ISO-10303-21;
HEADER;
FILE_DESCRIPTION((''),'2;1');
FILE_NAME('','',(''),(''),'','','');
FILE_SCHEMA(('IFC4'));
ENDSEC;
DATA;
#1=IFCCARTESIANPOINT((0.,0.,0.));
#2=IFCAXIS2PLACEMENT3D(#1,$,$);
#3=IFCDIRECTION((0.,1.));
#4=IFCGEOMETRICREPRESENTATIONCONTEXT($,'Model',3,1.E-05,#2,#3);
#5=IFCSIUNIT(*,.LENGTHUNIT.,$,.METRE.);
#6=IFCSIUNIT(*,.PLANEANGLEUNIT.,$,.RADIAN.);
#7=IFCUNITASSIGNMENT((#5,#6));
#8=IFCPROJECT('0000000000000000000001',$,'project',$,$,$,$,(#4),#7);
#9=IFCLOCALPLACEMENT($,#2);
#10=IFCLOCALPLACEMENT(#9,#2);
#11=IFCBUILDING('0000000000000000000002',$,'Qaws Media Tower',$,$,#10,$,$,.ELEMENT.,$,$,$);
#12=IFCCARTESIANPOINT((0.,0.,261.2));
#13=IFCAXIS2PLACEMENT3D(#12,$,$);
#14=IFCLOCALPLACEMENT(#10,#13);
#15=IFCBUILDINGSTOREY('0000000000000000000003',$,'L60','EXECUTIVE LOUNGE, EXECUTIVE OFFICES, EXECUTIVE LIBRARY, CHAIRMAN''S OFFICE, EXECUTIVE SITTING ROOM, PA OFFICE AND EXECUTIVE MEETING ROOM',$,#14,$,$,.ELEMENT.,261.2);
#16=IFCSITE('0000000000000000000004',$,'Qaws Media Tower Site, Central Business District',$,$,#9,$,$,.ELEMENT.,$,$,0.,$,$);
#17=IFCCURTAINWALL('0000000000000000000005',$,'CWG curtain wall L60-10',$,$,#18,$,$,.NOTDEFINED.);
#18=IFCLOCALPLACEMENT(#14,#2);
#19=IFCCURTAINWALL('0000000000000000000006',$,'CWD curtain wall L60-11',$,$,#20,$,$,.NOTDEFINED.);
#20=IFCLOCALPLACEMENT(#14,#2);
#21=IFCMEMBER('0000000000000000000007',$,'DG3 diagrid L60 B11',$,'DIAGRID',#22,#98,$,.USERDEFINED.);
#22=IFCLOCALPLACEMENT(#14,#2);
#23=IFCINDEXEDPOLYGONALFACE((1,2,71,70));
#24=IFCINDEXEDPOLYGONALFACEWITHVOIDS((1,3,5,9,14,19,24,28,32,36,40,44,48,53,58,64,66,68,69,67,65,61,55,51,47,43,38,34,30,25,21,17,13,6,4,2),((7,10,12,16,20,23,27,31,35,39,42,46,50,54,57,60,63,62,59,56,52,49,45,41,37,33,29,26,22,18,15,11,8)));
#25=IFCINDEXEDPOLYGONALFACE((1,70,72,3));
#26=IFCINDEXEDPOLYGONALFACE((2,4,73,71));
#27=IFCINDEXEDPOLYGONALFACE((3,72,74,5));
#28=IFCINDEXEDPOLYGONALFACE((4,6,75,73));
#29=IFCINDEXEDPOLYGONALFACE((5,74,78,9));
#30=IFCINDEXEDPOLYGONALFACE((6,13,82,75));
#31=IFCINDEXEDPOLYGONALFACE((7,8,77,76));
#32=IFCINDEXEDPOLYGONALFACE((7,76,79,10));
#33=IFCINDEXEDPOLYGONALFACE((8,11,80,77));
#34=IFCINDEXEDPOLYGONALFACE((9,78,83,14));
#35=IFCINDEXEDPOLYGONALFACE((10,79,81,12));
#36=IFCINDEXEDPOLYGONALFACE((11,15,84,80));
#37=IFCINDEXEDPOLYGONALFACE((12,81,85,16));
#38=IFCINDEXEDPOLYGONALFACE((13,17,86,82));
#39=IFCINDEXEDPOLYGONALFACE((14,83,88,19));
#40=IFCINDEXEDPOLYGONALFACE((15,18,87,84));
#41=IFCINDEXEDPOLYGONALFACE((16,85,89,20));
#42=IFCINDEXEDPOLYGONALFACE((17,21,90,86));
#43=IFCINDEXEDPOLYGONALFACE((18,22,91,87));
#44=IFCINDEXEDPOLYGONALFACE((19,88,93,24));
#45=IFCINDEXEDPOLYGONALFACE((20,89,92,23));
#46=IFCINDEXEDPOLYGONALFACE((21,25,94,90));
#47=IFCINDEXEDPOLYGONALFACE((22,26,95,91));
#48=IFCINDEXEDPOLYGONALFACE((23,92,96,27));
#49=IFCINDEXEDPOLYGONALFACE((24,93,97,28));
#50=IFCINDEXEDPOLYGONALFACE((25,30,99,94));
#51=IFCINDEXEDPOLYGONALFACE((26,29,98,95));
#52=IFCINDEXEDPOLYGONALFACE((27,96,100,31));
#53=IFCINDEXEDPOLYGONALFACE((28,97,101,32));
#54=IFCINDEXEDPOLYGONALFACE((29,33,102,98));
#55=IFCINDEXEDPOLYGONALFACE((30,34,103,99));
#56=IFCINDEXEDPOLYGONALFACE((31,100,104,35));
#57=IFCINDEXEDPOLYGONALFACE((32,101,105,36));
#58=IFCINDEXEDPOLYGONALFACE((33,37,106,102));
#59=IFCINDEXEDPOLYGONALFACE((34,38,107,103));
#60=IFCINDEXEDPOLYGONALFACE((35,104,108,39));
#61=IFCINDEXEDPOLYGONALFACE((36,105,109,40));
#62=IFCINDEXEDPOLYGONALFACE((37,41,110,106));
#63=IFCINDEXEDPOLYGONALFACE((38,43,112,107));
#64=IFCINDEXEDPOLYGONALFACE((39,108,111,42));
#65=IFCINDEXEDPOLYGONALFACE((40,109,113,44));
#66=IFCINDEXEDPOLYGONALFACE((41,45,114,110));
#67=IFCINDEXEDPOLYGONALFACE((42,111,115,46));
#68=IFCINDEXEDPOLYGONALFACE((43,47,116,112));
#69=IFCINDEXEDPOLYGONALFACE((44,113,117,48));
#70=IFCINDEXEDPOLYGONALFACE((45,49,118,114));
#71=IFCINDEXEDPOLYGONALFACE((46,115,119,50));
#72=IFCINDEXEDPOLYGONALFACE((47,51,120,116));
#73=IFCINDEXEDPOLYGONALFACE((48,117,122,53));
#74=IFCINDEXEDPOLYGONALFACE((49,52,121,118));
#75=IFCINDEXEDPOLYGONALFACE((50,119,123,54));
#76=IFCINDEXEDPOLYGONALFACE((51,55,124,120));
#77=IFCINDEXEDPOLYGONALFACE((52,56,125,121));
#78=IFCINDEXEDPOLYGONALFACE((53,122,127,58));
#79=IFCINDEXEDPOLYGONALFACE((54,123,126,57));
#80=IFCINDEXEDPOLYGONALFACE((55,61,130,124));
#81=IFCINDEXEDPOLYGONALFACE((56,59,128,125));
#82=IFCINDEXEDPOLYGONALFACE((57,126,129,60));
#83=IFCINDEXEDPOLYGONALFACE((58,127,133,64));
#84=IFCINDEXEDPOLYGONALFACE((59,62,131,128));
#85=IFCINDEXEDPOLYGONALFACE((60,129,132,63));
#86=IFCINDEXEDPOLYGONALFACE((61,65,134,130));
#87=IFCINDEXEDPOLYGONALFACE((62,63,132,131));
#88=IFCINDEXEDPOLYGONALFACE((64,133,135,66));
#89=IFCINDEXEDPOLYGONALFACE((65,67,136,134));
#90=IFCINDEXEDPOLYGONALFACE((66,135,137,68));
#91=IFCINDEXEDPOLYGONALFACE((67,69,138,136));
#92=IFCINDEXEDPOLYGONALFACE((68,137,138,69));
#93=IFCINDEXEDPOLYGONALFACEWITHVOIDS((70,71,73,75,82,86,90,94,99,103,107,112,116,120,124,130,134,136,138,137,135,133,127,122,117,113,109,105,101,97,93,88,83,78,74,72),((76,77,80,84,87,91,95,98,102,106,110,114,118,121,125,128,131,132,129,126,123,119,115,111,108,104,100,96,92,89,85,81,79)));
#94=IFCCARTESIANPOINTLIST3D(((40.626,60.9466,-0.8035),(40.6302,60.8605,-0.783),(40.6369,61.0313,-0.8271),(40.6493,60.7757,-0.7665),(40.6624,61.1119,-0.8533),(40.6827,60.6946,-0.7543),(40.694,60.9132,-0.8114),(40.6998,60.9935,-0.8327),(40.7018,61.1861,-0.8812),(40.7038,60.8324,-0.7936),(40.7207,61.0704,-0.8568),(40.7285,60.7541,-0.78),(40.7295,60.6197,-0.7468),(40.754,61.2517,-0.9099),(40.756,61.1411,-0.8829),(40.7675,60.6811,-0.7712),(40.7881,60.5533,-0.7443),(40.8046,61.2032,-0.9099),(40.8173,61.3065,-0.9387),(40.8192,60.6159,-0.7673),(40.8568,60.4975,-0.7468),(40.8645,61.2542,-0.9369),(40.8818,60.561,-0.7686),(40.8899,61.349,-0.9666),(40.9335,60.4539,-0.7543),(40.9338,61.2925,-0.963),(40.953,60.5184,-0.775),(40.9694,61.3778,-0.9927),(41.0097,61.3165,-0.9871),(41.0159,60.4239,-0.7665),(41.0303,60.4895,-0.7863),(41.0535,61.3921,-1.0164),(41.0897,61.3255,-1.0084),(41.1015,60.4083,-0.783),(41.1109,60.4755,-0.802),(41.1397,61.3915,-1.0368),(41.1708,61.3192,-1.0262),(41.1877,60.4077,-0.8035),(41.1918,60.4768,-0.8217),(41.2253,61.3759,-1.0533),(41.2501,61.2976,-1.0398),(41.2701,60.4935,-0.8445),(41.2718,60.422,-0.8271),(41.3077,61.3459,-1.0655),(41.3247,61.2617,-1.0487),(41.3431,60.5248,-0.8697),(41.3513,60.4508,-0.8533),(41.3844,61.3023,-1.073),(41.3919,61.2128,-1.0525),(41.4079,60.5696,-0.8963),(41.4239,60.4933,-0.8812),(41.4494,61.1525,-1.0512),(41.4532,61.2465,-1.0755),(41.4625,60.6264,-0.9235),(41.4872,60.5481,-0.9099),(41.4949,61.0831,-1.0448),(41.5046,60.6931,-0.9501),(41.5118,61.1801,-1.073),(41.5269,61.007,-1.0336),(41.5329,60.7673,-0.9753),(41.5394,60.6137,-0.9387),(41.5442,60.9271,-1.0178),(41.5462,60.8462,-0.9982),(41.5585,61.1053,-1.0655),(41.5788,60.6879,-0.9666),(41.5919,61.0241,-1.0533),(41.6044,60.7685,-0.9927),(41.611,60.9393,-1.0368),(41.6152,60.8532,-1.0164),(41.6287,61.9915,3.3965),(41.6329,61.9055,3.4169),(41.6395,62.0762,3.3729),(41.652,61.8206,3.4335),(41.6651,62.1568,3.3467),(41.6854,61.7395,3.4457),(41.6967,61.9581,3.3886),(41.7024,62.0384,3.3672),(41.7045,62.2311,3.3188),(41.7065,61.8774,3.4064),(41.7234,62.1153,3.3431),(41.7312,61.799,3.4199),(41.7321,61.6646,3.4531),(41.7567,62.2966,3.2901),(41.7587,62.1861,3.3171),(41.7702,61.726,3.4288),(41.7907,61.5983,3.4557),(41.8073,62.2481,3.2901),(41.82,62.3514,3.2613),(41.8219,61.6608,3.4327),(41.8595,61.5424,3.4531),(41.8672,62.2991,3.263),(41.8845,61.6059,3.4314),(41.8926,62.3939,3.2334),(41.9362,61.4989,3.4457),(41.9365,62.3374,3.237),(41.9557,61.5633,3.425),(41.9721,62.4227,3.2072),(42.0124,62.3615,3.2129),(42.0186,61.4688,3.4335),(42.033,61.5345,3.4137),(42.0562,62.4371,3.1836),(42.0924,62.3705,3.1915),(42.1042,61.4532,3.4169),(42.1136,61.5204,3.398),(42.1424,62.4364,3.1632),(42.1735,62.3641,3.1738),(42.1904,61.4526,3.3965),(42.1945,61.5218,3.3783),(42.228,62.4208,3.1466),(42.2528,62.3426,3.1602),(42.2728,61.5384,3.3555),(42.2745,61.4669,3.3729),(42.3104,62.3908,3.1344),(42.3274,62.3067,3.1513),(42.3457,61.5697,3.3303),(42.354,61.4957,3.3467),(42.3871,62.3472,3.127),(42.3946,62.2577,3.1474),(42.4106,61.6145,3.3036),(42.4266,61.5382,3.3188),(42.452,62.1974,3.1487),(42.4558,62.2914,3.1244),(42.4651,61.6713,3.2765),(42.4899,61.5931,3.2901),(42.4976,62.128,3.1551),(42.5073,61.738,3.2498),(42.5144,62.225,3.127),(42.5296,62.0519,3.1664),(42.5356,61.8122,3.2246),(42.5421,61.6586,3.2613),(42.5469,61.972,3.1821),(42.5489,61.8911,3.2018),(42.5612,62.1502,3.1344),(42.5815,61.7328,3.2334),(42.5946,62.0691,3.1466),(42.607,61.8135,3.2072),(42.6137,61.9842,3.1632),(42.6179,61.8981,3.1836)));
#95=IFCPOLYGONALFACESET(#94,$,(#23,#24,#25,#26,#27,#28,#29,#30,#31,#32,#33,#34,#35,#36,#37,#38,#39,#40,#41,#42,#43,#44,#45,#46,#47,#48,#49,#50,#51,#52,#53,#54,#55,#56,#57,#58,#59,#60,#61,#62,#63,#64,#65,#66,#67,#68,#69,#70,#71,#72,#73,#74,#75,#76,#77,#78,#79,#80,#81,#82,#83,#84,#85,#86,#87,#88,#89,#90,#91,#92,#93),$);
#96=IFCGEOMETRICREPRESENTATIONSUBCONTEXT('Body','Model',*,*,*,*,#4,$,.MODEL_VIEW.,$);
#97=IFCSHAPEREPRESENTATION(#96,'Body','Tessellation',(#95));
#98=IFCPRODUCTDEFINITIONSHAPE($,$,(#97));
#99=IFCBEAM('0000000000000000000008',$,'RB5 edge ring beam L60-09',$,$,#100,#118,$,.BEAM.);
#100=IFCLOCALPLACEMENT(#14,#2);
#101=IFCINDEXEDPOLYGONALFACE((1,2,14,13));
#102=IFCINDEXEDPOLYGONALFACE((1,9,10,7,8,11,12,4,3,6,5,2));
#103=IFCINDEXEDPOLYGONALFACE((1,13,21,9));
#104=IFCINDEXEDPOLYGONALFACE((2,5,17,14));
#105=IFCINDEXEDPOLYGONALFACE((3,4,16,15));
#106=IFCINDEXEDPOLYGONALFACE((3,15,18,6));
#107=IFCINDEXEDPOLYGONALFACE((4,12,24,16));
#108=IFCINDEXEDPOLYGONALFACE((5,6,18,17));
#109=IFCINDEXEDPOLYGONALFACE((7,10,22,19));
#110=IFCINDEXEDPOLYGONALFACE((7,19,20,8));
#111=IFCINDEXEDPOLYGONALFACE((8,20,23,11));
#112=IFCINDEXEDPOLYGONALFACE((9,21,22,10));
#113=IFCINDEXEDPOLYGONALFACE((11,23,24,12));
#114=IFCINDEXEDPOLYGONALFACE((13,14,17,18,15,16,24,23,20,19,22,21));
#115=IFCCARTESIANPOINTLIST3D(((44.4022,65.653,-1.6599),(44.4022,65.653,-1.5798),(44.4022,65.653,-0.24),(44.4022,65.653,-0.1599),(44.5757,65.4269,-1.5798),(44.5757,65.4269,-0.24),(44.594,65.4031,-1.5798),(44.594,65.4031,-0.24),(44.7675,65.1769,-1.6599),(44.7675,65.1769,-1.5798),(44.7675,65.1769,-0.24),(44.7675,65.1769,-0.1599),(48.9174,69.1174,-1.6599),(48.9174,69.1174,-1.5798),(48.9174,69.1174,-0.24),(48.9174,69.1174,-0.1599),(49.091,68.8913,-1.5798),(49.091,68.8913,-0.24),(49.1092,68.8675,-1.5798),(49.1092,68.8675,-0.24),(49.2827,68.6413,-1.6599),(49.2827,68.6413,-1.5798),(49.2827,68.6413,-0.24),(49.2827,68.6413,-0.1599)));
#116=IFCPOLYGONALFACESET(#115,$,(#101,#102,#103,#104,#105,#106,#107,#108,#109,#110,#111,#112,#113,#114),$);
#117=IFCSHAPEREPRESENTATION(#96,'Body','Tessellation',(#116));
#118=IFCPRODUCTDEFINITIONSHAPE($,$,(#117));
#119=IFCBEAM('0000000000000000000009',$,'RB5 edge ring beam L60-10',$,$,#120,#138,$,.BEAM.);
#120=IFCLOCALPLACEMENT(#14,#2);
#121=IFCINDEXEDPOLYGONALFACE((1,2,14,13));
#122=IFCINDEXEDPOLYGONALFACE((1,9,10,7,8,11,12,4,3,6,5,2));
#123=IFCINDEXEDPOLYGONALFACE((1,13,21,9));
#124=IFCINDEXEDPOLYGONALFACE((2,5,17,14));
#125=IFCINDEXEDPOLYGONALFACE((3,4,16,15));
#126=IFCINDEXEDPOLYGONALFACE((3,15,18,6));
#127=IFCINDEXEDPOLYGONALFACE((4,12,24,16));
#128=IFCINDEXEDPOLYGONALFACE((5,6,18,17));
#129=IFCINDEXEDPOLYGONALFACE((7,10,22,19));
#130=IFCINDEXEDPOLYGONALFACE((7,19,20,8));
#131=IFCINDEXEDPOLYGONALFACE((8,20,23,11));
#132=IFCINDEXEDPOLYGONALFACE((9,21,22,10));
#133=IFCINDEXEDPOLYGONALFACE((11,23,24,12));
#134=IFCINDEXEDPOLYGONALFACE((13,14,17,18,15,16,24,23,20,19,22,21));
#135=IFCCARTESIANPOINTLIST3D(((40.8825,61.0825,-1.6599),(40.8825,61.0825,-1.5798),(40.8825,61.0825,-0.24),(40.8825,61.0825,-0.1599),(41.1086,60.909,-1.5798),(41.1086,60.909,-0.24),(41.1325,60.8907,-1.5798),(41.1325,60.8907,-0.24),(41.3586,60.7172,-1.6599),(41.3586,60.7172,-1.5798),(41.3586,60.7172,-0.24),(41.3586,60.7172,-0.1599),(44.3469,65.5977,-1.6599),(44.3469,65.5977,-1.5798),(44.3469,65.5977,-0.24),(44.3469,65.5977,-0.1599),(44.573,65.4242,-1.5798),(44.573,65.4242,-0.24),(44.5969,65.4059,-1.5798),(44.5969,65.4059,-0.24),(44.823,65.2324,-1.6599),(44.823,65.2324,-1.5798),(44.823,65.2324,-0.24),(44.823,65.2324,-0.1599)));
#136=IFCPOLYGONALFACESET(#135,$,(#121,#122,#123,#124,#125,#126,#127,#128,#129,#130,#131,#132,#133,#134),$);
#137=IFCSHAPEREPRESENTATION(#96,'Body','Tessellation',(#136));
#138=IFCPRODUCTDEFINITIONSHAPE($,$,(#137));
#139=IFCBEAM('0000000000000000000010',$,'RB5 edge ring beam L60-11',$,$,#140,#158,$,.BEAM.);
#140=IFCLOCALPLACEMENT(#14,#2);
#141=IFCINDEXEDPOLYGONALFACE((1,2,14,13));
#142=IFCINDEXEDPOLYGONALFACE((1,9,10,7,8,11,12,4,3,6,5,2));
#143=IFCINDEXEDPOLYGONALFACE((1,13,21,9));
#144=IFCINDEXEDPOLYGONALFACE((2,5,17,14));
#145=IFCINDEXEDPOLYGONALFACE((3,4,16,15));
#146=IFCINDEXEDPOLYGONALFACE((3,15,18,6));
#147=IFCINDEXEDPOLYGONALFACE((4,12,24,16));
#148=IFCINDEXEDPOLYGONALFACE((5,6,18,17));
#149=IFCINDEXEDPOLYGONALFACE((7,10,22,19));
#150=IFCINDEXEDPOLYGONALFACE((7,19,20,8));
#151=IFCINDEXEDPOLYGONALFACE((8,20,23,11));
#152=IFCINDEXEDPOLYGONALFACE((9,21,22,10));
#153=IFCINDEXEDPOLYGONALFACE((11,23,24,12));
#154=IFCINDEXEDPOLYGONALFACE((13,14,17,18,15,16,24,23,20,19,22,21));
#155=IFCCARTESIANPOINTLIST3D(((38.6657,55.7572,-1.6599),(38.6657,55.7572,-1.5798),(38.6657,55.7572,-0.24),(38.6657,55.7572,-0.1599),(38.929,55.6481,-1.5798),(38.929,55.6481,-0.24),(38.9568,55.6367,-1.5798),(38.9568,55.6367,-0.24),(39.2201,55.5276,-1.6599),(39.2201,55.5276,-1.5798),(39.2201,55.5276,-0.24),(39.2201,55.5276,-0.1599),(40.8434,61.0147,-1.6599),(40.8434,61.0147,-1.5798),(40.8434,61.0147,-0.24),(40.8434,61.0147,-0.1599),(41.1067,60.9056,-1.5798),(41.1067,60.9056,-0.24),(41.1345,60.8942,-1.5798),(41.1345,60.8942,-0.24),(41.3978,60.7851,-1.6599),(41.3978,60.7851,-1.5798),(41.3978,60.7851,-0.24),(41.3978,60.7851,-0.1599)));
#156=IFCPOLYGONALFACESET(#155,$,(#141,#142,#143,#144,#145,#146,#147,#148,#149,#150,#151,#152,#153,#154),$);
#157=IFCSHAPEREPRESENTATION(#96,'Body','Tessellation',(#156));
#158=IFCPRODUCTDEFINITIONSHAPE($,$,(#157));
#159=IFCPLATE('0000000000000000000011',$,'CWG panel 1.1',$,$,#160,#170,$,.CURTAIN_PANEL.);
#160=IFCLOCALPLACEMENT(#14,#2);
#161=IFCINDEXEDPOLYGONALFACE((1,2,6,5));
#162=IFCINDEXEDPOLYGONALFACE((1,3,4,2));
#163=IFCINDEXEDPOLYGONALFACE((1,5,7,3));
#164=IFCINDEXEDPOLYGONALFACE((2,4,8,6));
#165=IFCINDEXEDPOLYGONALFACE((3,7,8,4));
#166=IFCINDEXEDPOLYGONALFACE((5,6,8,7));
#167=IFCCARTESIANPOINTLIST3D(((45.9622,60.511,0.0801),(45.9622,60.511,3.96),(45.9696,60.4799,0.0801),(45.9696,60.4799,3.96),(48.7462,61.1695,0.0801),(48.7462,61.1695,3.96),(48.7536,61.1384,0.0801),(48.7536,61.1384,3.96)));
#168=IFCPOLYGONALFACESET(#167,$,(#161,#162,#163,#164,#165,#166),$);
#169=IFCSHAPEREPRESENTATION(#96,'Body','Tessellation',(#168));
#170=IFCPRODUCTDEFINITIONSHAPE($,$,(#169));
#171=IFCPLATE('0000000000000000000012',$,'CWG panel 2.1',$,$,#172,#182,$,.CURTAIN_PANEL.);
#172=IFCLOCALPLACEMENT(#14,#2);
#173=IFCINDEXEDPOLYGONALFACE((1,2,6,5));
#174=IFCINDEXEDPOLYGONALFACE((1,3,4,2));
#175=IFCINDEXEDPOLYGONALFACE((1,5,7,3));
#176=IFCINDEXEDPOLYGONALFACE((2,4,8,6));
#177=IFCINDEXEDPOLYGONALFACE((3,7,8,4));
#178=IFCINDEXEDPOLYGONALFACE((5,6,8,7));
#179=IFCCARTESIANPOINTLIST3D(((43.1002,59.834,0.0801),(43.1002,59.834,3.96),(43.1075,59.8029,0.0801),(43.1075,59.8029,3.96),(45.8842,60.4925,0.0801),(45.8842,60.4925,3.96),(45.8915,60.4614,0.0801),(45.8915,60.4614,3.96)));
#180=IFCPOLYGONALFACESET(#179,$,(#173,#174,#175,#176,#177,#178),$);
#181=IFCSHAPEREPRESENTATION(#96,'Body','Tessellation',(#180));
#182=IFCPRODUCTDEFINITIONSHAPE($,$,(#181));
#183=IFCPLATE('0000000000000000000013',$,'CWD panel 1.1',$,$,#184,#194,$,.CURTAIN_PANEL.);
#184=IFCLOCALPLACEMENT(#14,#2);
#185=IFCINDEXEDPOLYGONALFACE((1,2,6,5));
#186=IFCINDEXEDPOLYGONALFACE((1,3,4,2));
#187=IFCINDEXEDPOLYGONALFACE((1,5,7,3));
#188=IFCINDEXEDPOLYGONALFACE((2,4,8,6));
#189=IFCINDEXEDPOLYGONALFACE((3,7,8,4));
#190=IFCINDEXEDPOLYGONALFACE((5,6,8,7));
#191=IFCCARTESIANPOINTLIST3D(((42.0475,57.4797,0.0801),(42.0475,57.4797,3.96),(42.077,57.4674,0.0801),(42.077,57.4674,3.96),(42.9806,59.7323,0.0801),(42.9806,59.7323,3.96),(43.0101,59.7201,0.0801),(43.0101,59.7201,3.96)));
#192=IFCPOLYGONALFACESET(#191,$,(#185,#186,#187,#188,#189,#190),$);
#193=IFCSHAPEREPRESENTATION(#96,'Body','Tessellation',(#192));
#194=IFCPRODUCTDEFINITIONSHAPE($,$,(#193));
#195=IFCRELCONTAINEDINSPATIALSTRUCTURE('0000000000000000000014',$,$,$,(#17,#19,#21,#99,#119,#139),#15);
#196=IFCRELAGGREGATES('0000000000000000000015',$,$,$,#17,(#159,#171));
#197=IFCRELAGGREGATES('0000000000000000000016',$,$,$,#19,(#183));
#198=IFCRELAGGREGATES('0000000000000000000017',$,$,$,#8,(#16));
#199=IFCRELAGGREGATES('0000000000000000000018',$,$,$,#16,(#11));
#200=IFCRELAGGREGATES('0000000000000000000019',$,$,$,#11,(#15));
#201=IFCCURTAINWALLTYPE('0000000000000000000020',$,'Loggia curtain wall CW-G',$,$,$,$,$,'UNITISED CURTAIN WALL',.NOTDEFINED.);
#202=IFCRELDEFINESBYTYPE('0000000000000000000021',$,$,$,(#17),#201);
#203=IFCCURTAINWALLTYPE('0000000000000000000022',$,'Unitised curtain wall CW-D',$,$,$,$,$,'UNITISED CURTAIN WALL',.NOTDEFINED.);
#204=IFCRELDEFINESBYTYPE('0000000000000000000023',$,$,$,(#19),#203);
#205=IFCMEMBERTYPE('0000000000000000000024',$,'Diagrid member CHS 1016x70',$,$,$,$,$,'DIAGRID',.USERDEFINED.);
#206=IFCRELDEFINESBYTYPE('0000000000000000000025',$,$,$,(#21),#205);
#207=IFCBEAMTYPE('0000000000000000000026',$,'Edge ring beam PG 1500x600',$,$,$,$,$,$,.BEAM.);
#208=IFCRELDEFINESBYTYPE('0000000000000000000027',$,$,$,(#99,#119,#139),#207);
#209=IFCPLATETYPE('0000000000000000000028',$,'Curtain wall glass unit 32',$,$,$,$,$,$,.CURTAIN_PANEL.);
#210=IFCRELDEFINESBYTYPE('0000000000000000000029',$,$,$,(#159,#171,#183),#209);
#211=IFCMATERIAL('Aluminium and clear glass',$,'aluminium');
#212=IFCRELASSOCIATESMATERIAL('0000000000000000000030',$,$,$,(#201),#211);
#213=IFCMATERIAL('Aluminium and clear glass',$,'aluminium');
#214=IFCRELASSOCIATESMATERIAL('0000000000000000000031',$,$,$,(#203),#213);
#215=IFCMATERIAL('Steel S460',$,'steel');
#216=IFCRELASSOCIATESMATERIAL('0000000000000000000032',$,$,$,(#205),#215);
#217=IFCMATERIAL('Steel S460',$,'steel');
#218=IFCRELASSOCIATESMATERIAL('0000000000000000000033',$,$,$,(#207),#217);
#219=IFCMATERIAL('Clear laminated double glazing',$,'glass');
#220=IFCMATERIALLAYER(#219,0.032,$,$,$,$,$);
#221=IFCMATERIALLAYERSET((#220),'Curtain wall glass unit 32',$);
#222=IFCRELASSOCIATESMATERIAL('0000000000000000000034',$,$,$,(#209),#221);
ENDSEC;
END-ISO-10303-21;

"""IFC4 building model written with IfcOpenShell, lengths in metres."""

from ifc_helpers import new_model, si_unit, direction, frame, origin, origin_2d, place, context, subcontext, project, spatial, rectangle, hollow_circle, i_section, extrude, material, layer, layer_set, material_profile, profile_set, type_object, element, aggregate, save


model = new_model("IFC4")

# Units and contexts
model_context = context("Model", 3, precision=1e-05, world=origin(), true_north=direction((0.0, 1.0)))
body_context = subcontext(model_context, "Body", "Model", "MODEL_VIEW")
ifc_project = project(units=[si_unit("LENGTHUNIT", "METRE"), si_unit("PLANEANGLEUNIT", "RADIAN")], contexts=[model_context])

# Site, building, storey
site_placement = place(None, origin())
site = spatial("IfcSite", under=ifc_project, at=site_placement, Name="Qaws Media Tower Site, Central Business District", CompositionType="ELEMENT", RefElevation=0.0)
building_placement = place(site_placement, origin())
building = spatial("IfcBuilding", under=site, at=building_placement, Name="Qaws Media Tower", CompositionType="ELEMENT")
storey_placement = place(building_placement, frame((0.0, 0.0, 261.2)))
storey = spatial("IfcBuildingStorey", under=building, at=storey_placement, Name="L60", Description="EXECUTIVE LOUNGE, EXECUTIVE OFFICES, EXECUTIVE LIBRARY, CHAIRMAN'S OFFICE, EXECUTIVE SITTING ROOM, PA OFFICE AND EXECUTIVE MEETING ROOM", CompositionType="ELEMENT", Elevation=261.2)

# Shared definitions
ifc_material_1 = material(Name="Aluminium and clear glass", Category="aluminium")
curtain_wall_type_1 = type_object("IfcCurtainWallType", Name="Loggia curtain wall CW-G", ElementType="UNITISED CURTAIN WALL", PredefinedType="NOTDEFINED", material=ifc_material_1)

# Curtain walls
curtain_wall_1_placement = place(storey_placement, origin())
curtain_wall_1 = element("IfcCurtainWall", 1, at=curtain_wall_1_placement, inside=storey, type_object=curtain_wall_type_1, Name="CWG curtain wall L60-10", PredefinedType="NOTDEFINED")
ifc_material_2 = material(Name="Aluminium and clear glass", Category="aluminium")
curtain_wall_type_2 = type_object("IfcCurtainWallType", Name="Unitised curtain wall CW-D", ElementType="UNITISED CURTAIN WALL", PredefinedType="NOTDEFINED", material=ifc_material_2)
curtain_wall_2_placement = place(storey_placement, origin())
curtain_wall_2 = element("IfcCurtainWall", 2, at=curtain_wall_2_placement, inside=storey, type_object=curtain_wall_type_2, Name="CWD curtain wall L60-11", PredefinedType="NOTDEFINED")

# Member
ifc_material_3 = material(Name="Steel S460", Category="steel")
ifc_material_profile_1 = material_profile(ifc_material_3, hollow_circle(Radius=0.5081, WallThickness=0.0701, at=origin_2d()), Name="CHS 1016x70")
ifc_profile_set_1 = profile_set([ifc_material_profile_1], Name="Steel S460")
member_type_1 = type_object("IfcMemberType", Name="Diagrid member CHS 1016x70", ElementType="DIAGRID", PredefinedType="USERDEFINED", material=ifc_profile_set_1)
for number, where, z_axis, x_axis, name in (
    (3, (41.1206, 60.8999, -0.9099), (0.225697, 0.235204, 0.945378), (-0.721539, 0.692374, 0.0), "DG3 diagrid L60 B11"),
):
    element("IfcMember", number, at=place(storey_placement, frame(where, z_axis=z_axis, x_axis=x_axis)), inside=storey, type_object=member_type_1, Name=name, ObjectType="DIAGRID", PredefinedType="USERDEFINED", context=body_context, shape_type="SweptSolid", body=[
        extrude(hollow_circle(Radius=0.5081, WallThickness=0.0701, at=origin_2d()), origin(), (0.0, 0.0, 1.0), 4.4426),
    ])

# Beams
ifc_material_4 = material(Name="Steel S460", Category="steel")
ifc_material_profile_2 = material_profile(ifc_material_4, i_section(OverallWidth=0.6001, OverallDepth=1.5, WebThickness=0.03, FlangeThickness=0.0801, at=origin_2d()), Name="PG 1500x600")
ifc_profile_set_2 = profile_set([ifc_material_profile_2], Name="Steel S460")
beam_type = type_object("IfcBeamType", Name="Edge ring beam PG 1500x600", PredefinedType="BEAM", material=ifc_profile_set_2)
for number, where, z_axis, x_axis, name in (
    (4, (49.1001, 68.8794, -0.9099), (-0.793373, -0.608736, 0.0), (0.608736, -0.793373, 0.0), "RB5 edge ring beam L60-09"),
    (5, (44.585, 65.415, -0.9099), (-0.608736, -0.793373, 0.0), (0.793373, -0.608736, 0.0), "RB5 edge ring beam L60-10"),
):
    element("IfcBeam", number, at=place(storey_placement, frame(where, z_axis=z_axis, x_axis=x_axis)), inside=storey, type_object=beam_type, Name=name, PredefinedType="BEAM", context=body_context, shape_type="SweptSolid", body=[
        extrude(i_section(OverallWidth=0.6001, OverallDepth=1.5, WebThickness=0.03, FlangeThickness=0.0801, at=origin_2d()), origin(), (0.0, 0.0, 1.0), 5.6912),
    ])
beam_placement = place(storey_placement, frame((41.1206, 60.8999, -0.9099), z_axis=(-0.38268, -0.923881, 0.0), x_axis=(0.923881, -0.38268, 0.0)))
element("IfcBeam", 6, at=beam_placement, inside=storey, type_object=beam_type, Name="RB5 edge ring beam L60-11", PredefinedType="BEAM", context=body_context, shape_type="SweptSolid", body=[
    extrude(i_section(OverallWidth=0.6001, OverallDepth=1.5, WebThickness=0.03, FlangeThickness=0.0801, at=origin_2d()), origin(), (0.0, 0.0, 1.0), 5.6907),
])

# Plates
ifc_material_5 = material(Name="Clear laminated double glazing", Category="glass")
ifc_layer_1 = layer(ifc_material_5, 0.032)
ifc_layer_set_1 = layer_set([ifc_layer_1], Name="Curtain wall glass unit 32")
plate_type_1 = type_object("IfcPlateType", Name="Curtain wall glass unit 32", PredefinedType="CURTAIN_PANEL", material=ifc_layer_set_1)
plate_1_placement = place(storey_placement, frame((47.3579, 60.8247, 0.0801), z_axis=(0.0, 0.0, 1.0), x_axis=(-0.973149, -0.230176, 0.0)))
plate_1 = element("IfcPlate", 7, at=plate_1_placement, type_object=plate_type_1, Name="CWG panel 1.1", PredefinedType="CURTAIN_PANEL", context=body_context, shape_type="SweptSolid", body=[
    extrude(rectangle(XDim=2.8608, YDim=0.032, at=origin_2d()), origin(), (0.0, 0.0, 1.0), 3.8799),
])
plate_2_placement = place(storey_placement, frame((44.4958, 60.1477, 0.0801), z_axis=(0.0, 0.0, 1.0), x_axis=(-0.973149, -0.230176, 0.0)))
plate_2 = element("IfcPlate", 8, at=plate_2_placement, type_object=plate_type_1, Name="CWG panel 2.1", PredefinedType="CURTAIN_PANEL", context=body_context, shape_type="SweptSolid", body=[
    extrude(rectangle(XDim=2.8608, YDim=0.032, at=origin_2d()), origin(), (0.0, 0.0, 1.0), 3.8799),
])
aggregate(curtain_wall_1, [plate_1, plate_2])
plate_3_placement = place(storey_placement, frame((42.5288, 58.5999, 0.0801), z_axis=(0.0, 0.0, 1.0), x_axis=(-0.382683, -0.92388, 0.0)))
plate_3 = element("IfcPlate", 9, at=plate_3_placement, type_object=plate_type_1, Name="CWD panel 1.1", PredefinedType="CURTAIN_PANEL", context=body_context, shape_type="SweptSolid", body=[
    extrude(rectangle(XDim=2.4382, YDim=0.032, at=origin_2d()), origin(), (0.0, 0.0, 1.0), 3.8799),
])
aggregate(curtain_wall_2, [plate_3])

save(model, "model.ifc")
